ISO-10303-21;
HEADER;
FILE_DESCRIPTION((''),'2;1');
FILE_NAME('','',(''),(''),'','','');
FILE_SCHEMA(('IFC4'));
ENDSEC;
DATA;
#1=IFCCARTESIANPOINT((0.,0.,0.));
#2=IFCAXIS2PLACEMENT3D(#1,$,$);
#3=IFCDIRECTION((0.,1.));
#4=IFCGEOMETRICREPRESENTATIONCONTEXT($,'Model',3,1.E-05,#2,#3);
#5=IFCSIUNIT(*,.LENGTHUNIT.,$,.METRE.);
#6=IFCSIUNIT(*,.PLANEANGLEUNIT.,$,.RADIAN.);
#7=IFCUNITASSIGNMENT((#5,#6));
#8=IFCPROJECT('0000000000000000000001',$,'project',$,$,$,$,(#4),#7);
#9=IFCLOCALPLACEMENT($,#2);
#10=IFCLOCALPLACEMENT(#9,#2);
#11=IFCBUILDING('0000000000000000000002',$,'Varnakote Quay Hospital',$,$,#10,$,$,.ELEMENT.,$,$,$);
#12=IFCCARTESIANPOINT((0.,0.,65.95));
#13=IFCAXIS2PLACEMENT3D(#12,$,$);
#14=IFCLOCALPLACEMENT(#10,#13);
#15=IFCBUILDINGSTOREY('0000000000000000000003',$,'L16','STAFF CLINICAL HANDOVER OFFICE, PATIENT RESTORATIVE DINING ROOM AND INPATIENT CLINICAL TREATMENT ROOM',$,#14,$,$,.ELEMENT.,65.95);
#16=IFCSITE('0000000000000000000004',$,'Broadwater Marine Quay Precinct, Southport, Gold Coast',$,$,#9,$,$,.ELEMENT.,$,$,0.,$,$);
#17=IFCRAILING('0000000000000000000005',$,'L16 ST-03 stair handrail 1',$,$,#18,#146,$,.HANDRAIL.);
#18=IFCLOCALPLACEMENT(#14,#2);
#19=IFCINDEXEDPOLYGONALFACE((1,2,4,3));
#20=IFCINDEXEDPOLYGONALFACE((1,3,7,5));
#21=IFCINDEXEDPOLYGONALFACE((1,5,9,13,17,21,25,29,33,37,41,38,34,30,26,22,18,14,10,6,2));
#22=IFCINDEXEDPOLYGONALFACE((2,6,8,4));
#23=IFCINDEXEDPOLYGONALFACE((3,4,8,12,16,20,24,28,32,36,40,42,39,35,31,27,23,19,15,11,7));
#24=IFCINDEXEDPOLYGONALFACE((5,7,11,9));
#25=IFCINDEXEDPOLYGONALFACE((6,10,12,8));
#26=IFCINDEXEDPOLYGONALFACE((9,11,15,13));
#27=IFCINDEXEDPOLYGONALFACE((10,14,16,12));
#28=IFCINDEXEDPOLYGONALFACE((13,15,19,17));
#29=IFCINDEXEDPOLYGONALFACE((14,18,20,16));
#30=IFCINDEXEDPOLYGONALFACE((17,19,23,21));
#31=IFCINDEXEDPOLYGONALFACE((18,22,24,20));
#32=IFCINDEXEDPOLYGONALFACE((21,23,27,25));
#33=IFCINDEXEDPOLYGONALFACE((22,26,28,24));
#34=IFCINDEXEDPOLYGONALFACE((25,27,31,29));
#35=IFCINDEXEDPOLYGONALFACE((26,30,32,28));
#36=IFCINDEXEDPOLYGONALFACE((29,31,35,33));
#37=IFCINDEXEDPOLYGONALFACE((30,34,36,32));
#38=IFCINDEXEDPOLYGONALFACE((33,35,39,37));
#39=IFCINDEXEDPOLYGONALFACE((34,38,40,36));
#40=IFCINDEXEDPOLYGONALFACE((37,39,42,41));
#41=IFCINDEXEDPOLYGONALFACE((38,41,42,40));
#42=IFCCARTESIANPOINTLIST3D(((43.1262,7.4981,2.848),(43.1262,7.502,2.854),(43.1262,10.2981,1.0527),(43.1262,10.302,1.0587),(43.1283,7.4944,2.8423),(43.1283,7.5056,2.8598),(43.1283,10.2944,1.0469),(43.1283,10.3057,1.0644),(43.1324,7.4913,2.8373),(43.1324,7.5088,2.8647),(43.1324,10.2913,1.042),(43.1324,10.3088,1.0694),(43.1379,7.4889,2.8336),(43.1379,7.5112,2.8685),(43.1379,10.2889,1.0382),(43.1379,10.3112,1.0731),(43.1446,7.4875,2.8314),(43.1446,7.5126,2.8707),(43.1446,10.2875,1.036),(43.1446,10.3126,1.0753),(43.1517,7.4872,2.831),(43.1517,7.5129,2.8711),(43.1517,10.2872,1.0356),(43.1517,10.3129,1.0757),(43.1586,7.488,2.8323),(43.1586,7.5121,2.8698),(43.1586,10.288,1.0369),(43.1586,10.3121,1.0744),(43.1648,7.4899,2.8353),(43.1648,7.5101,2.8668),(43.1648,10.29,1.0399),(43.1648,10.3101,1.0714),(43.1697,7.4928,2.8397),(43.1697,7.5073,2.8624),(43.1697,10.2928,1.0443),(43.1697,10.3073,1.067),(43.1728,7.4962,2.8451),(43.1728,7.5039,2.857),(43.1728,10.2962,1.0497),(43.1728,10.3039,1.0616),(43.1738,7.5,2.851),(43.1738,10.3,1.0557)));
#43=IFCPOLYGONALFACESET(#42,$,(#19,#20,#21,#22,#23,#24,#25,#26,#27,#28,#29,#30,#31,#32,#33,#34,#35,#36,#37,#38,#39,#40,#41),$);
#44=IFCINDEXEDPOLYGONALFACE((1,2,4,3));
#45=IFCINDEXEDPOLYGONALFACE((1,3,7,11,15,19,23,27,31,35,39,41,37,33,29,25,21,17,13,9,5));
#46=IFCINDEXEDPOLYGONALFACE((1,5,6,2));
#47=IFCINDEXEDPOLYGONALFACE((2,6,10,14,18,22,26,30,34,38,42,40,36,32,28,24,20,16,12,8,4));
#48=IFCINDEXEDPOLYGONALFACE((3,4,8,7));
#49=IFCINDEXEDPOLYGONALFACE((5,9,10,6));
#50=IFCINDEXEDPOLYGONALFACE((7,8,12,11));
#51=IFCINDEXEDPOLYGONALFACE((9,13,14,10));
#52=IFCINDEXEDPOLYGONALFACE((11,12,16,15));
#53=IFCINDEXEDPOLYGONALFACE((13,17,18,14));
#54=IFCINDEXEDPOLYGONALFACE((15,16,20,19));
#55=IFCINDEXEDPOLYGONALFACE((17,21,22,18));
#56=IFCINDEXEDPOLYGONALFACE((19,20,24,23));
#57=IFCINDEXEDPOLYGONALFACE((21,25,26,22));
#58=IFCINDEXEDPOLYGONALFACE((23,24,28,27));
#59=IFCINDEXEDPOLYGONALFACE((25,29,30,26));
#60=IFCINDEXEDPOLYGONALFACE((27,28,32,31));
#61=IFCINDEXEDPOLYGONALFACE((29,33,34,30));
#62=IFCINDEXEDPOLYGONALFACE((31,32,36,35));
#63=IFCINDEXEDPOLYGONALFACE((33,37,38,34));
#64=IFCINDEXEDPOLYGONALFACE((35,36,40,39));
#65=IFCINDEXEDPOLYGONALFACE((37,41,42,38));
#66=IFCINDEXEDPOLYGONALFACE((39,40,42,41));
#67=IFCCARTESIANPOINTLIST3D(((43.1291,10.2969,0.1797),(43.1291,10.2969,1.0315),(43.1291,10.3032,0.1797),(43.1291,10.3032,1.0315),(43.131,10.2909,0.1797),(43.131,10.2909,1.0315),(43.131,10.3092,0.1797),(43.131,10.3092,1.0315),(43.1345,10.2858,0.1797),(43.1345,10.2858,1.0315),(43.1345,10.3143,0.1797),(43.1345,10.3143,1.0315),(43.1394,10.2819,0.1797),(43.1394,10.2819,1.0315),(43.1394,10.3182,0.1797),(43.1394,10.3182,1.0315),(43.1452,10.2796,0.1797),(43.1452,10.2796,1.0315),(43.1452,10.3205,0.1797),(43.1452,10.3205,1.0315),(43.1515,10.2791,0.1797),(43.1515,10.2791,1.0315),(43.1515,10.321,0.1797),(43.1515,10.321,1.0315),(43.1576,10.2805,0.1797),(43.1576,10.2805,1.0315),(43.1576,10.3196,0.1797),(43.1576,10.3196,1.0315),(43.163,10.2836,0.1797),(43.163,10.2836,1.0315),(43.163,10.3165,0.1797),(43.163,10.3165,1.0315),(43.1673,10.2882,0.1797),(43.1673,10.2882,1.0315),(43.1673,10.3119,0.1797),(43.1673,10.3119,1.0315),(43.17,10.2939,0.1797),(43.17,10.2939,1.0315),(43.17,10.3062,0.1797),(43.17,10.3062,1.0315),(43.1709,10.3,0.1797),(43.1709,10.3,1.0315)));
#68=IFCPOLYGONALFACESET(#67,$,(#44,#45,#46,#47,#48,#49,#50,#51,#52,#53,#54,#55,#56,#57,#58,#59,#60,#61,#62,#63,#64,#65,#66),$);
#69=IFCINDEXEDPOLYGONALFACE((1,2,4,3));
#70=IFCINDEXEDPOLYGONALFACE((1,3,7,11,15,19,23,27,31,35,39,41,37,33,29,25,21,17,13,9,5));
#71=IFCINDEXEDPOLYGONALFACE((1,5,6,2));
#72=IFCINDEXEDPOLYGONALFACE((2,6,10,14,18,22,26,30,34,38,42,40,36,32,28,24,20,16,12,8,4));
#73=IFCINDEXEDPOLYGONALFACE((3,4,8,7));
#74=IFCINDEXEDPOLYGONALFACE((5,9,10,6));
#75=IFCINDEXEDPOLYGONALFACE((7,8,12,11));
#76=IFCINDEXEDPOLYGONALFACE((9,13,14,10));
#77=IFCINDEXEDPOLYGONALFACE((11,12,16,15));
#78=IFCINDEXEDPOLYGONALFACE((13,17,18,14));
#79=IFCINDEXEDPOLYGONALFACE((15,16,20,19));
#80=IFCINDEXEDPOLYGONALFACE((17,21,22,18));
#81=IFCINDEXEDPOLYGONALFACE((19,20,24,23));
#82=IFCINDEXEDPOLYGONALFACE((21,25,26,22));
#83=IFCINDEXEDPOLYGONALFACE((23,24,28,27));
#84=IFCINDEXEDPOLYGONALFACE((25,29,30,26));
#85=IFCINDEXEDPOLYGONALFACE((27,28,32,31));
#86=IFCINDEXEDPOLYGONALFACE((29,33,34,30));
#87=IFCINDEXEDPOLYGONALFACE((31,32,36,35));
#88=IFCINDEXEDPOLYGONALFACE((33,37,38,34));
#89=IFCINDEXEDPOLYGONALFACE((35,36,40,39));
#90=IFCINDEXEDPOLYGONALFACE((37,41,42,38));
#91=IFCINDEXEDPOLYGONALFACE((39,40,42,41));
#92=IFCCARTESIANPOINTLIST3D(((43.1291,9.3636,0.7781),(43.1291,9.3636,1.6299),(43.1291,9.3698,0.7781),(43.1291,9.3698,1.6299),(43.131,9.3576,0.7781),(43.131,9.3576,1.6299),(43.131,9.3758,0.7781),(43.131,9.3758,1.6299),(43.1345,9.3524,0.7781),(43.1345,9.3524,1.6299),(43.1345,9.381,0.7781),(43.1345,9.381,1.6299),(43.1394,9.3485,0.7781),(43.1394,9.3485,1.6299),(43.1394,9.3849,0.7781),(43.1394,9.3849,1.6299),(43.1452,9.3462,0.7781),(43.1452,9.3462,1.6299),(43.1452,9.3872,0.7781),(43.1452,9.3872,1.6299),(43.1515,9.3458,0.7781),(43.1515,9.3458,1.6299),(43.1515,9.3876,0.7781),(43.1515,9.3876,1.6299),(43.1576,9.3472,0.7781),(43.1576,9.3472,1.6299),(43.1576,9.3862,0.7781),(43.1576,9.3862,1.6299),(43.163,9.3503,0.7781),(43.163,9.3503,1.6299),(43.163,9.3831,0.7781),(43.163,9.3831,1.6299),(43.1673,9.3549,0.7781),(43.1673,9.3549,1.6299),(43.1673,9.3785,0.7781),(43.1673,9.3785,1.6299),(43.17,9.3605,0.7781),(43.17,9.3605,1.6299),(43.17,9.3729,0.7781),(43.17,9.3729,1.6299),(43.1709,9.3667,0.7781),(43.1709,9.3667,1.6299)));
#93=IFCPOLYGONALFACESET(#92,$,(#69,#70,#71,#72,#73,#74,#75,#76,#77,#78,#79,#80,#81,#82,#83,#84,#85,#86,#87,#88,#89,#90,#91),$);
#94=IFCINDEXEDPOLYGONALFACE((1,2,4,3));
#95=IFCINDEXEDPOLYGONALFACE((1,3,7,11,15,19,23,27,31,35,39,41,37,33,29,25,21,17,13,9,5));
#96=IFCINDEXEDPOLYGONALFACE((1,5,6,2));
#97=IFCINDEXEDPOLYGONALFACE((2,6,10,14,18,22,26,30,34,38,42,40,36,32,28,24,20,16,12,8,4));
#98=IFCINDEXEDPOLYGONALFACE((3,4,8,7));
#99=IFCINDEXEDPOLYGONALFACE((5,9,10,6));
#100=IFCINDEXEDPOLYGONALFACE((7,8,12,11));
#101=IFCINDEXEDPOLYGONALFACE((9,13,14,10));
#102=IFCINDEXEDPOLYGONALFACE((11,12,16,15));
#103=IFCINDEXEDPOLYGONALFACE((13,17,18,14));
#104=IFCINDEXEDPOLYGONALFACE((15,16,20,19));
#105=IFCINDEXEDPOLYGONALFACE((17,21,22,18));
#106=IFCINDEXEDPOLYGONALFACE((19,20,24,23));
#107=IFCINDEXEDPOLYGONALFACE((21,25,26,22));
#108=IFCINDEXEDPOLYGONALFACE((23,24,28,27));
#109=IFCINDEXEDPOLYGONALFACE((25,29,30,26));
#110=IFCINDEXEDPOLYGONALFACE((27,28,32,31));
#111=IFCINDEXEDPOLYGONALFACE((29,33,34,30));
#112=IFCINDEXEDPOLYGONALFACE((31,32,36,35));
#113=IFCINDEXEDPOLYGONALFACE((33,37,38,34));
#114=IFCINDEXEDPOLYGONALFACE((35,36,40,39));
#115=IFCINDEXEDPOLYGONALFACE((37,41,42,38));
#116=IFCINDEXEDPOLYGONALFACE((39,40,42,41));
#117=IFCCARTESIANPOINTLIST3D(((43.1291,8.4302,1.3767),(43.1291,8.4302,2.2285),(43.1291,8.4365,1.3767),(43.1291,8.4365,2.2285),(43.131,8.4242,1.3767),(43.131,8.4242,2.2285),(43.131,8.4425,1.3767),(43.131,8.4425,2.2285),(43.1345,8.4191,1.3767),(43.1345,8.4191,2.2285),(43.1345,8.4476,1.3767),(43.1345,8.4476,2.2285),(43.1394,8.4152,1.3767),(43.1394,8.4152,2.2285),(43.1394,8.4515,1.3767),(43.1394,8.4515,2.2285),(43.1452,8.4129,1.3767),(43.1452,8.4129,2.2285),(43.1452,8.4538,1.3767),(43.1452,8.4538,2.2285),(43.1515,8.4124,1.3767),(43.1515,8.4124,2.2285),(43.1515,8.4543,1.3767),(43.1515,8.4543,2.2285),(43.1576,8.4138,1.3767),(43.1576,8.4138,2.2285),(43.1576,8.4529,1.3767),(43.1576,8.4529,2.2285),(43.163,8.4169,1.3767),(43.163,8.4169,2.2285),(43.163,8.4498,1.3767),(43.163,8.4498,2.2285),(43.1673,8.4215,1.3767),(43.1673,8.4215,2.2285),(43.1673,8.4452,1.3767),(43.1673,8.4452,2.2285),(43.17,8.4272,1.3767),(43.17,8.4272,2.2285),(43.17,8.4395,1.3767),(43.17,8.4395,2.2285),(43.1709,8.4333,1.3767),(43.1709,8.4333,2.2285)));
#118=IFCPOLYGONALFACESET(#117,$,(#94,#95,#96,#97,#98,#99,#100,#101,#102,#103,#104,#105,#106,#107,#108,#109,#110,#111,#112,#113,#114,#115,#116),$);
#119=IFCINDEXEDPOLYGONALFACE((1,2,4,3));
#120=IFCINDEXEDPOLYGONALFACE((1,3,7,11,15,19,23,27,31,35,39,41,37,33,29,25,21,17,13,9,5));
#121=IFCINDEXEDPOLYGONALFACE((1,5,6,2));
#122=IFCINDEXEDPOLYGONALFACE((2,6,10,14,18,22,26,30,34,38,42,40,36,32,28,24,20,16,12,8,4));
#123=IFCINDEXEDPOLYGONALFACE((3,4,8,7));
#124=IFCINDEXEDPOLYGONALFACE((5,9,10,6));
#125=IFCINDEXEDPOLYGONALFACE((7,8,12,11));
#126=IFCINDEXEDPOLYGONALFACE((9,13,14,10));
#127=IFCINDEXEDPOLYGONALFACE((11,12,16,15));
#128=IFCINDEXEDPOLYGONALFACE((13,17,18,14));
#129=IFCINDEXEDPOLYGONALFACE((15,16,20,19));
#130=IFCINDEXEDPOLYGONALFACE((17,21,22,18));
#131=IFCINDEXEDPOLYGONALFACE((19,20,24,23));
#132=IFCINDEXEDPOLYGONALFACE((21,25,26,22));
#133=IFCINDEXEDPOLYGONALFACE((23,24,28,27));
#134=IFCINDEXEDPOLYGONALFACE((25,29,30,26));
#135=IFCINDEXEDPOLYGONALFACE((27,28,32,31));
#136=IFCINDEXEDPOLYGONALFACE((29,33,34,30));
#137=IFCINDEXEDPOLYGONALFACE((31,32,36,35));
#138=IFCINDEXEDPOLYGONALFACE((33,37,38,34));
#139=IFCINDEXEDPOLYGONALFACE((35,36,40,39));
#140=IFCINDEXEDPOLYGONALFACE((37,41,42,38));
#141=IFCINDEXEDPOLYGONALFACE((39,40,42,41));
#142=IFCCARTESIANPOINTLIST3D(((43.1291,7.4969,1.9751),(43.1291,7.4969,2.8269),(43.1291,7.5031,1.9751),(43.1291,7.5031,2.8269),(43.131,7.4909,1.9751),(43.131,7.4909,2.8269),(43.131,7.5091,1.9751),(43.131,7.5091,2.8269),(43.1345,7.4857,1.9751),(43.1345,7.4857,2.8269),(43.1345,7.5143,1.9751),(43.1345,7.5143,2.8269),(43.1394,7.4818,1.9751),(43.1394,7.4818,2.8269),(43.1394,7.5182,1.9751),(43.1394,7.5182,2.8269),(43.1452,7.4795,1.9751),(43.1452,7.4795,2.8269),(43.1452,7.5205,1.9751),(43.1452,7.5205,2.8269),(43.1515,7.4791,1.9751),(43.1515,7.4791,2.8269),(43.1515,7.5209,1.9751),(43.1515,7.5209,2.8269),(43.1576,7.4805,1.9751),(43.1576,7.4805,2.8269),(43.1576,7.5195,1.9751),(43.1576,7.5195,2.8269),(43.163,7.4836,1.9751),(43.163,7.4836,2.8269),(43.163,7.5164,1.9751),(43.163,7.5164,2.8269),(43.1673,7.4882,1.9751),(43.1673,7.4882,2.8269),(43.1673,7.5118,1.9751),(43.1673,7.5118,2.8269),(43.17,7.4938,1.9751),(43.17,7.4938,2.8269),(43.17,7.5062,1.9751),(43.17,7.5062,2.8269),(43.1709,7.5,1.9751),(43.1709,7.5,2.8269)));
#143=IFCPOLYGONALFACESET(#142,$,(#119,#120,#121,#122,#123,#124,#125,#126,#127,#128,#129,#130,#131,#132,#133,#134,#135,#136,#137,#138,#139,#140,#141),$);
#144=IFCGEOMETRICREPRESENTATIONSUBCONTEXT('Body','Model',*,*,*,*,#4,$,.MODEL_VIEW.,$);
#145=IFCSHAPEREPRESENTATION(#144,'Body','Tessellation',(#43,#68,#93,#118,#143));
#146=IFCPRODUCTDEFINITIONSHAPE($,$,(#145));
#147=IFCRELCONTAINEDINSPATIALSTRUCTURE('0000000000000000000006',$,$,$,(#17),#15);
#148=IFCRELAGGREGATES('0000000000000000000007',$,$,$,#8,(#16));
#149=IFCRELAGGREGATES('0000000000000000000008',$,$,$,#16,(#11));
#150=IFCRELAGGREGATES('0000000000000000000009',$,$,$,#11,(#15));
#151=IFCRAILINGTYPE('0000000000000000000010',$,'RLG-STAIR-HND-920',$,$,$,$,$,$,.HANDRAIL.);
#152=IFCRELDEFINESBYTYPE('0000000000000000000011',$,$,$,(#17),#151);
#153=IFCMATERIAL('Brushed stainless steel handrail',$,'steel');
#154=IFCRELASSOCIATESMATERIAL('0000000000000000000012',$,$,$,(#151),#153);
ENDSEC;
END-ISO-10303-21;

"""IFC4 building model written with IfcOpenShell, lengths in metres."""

from ifc_helpers import new_model, si_unit, direction, frame, origin, origin_2d, place, context, subcontext, project, spatial, circle, extrude, material, type_object, element, save


model = new_model("IFC4")

# Units and contexts
model_context = context("Model", 3, precision=1e-05, world=origin(), true_north=direction((0.0, 1.0)))
body_context = subcontext(model_context, "Body", "Model", "MODEL_VIEW")
ifc_project = project(units=[si_unit("LENGTHUNIT", "METRE"), si_unit("PLANEANGLEUNIT", "RADIAN")], contexts=[model_context])

# Site, building, storey
site_placement = place(None, origin())
site = spatial("IfcSite", under=ifc_project, at=site_placement, Name="Broadwater Marine Quay Precinct, Southport, Gold Coast", CompositionType="ELEMENT", RefElevation=0.0)
building_placement = place(site_placement, origin())
building = spatial("IfcBuilding", under=site, at=building_placement, Name="Varnakote Quay Hospital", CompositionType="ELEMENT")
storey_placement = place(building_placement, frame((0.0, 0.0, 65.95)))
storey = spatial("IfcBuildingStorey", under=building, at=storey_placement, Name="L16", Description="STAFF CLINICAL HANDOVER OFFICE, PATIENT RESTORATIVE DINING ROOM AND INPATIENT CLINICAL TREATMENT ROOM", CompositionType="ELEMENT", Elevation=65.95)

# Railing
ifc_material_1 = material(Name="Brushed stainless steel handrail", Category="steel")
railing_type_1 = type_object("IfcRailingType", Name="RLG-STAIR-HND-920", PredefinedType="HANDRAIL", material=ifc_material_1)
railing_1_placement = place(storey_placement, frame((43.1499, 10.3, 0.1797)))
element("IfcRailing", 1, at=railing_1_placement, inside=storey, type_object=railing_type_1, Name="L16 ST-03 stair handrail 1", PredefinedType="HANDRAIL", context=body_context, shape_type="SweptSolid", body=[
    extrude(circle(Radius=0.0239, at=origin_2d()), frame((0.0, 0.0, 0.876), z_axis=(0.0, -0.84181, 0.539774), x_axis=(1.0, 0.0, 0.0)), (0.0, 0.0, 1.0), 3.3262),
    extrude(circle(Radius=0.021, at=origin_2d()), origin(), (0.0, 0.0, 1.0), 0.8518),
    extrude(circle(Radius=0.021, at=origin_2d()), frame((0.0, -0.9333, 0.5984)), (0.0, 0.0, 1.0), 0.8518),
    extrude(circle(Radius=0.021, at=origin_2d()), frame((0.0, -1.8667, 1.197)), (0.0, 0.0, 1.0), 0.8518),
    extrude(circle(Radius=0.021, at=origin_2d()), frame((0.0, -2.8, 1.7954)), (0.0, 0.0, 1.0), 0.8518),
])

save(model, "model.ifc")
